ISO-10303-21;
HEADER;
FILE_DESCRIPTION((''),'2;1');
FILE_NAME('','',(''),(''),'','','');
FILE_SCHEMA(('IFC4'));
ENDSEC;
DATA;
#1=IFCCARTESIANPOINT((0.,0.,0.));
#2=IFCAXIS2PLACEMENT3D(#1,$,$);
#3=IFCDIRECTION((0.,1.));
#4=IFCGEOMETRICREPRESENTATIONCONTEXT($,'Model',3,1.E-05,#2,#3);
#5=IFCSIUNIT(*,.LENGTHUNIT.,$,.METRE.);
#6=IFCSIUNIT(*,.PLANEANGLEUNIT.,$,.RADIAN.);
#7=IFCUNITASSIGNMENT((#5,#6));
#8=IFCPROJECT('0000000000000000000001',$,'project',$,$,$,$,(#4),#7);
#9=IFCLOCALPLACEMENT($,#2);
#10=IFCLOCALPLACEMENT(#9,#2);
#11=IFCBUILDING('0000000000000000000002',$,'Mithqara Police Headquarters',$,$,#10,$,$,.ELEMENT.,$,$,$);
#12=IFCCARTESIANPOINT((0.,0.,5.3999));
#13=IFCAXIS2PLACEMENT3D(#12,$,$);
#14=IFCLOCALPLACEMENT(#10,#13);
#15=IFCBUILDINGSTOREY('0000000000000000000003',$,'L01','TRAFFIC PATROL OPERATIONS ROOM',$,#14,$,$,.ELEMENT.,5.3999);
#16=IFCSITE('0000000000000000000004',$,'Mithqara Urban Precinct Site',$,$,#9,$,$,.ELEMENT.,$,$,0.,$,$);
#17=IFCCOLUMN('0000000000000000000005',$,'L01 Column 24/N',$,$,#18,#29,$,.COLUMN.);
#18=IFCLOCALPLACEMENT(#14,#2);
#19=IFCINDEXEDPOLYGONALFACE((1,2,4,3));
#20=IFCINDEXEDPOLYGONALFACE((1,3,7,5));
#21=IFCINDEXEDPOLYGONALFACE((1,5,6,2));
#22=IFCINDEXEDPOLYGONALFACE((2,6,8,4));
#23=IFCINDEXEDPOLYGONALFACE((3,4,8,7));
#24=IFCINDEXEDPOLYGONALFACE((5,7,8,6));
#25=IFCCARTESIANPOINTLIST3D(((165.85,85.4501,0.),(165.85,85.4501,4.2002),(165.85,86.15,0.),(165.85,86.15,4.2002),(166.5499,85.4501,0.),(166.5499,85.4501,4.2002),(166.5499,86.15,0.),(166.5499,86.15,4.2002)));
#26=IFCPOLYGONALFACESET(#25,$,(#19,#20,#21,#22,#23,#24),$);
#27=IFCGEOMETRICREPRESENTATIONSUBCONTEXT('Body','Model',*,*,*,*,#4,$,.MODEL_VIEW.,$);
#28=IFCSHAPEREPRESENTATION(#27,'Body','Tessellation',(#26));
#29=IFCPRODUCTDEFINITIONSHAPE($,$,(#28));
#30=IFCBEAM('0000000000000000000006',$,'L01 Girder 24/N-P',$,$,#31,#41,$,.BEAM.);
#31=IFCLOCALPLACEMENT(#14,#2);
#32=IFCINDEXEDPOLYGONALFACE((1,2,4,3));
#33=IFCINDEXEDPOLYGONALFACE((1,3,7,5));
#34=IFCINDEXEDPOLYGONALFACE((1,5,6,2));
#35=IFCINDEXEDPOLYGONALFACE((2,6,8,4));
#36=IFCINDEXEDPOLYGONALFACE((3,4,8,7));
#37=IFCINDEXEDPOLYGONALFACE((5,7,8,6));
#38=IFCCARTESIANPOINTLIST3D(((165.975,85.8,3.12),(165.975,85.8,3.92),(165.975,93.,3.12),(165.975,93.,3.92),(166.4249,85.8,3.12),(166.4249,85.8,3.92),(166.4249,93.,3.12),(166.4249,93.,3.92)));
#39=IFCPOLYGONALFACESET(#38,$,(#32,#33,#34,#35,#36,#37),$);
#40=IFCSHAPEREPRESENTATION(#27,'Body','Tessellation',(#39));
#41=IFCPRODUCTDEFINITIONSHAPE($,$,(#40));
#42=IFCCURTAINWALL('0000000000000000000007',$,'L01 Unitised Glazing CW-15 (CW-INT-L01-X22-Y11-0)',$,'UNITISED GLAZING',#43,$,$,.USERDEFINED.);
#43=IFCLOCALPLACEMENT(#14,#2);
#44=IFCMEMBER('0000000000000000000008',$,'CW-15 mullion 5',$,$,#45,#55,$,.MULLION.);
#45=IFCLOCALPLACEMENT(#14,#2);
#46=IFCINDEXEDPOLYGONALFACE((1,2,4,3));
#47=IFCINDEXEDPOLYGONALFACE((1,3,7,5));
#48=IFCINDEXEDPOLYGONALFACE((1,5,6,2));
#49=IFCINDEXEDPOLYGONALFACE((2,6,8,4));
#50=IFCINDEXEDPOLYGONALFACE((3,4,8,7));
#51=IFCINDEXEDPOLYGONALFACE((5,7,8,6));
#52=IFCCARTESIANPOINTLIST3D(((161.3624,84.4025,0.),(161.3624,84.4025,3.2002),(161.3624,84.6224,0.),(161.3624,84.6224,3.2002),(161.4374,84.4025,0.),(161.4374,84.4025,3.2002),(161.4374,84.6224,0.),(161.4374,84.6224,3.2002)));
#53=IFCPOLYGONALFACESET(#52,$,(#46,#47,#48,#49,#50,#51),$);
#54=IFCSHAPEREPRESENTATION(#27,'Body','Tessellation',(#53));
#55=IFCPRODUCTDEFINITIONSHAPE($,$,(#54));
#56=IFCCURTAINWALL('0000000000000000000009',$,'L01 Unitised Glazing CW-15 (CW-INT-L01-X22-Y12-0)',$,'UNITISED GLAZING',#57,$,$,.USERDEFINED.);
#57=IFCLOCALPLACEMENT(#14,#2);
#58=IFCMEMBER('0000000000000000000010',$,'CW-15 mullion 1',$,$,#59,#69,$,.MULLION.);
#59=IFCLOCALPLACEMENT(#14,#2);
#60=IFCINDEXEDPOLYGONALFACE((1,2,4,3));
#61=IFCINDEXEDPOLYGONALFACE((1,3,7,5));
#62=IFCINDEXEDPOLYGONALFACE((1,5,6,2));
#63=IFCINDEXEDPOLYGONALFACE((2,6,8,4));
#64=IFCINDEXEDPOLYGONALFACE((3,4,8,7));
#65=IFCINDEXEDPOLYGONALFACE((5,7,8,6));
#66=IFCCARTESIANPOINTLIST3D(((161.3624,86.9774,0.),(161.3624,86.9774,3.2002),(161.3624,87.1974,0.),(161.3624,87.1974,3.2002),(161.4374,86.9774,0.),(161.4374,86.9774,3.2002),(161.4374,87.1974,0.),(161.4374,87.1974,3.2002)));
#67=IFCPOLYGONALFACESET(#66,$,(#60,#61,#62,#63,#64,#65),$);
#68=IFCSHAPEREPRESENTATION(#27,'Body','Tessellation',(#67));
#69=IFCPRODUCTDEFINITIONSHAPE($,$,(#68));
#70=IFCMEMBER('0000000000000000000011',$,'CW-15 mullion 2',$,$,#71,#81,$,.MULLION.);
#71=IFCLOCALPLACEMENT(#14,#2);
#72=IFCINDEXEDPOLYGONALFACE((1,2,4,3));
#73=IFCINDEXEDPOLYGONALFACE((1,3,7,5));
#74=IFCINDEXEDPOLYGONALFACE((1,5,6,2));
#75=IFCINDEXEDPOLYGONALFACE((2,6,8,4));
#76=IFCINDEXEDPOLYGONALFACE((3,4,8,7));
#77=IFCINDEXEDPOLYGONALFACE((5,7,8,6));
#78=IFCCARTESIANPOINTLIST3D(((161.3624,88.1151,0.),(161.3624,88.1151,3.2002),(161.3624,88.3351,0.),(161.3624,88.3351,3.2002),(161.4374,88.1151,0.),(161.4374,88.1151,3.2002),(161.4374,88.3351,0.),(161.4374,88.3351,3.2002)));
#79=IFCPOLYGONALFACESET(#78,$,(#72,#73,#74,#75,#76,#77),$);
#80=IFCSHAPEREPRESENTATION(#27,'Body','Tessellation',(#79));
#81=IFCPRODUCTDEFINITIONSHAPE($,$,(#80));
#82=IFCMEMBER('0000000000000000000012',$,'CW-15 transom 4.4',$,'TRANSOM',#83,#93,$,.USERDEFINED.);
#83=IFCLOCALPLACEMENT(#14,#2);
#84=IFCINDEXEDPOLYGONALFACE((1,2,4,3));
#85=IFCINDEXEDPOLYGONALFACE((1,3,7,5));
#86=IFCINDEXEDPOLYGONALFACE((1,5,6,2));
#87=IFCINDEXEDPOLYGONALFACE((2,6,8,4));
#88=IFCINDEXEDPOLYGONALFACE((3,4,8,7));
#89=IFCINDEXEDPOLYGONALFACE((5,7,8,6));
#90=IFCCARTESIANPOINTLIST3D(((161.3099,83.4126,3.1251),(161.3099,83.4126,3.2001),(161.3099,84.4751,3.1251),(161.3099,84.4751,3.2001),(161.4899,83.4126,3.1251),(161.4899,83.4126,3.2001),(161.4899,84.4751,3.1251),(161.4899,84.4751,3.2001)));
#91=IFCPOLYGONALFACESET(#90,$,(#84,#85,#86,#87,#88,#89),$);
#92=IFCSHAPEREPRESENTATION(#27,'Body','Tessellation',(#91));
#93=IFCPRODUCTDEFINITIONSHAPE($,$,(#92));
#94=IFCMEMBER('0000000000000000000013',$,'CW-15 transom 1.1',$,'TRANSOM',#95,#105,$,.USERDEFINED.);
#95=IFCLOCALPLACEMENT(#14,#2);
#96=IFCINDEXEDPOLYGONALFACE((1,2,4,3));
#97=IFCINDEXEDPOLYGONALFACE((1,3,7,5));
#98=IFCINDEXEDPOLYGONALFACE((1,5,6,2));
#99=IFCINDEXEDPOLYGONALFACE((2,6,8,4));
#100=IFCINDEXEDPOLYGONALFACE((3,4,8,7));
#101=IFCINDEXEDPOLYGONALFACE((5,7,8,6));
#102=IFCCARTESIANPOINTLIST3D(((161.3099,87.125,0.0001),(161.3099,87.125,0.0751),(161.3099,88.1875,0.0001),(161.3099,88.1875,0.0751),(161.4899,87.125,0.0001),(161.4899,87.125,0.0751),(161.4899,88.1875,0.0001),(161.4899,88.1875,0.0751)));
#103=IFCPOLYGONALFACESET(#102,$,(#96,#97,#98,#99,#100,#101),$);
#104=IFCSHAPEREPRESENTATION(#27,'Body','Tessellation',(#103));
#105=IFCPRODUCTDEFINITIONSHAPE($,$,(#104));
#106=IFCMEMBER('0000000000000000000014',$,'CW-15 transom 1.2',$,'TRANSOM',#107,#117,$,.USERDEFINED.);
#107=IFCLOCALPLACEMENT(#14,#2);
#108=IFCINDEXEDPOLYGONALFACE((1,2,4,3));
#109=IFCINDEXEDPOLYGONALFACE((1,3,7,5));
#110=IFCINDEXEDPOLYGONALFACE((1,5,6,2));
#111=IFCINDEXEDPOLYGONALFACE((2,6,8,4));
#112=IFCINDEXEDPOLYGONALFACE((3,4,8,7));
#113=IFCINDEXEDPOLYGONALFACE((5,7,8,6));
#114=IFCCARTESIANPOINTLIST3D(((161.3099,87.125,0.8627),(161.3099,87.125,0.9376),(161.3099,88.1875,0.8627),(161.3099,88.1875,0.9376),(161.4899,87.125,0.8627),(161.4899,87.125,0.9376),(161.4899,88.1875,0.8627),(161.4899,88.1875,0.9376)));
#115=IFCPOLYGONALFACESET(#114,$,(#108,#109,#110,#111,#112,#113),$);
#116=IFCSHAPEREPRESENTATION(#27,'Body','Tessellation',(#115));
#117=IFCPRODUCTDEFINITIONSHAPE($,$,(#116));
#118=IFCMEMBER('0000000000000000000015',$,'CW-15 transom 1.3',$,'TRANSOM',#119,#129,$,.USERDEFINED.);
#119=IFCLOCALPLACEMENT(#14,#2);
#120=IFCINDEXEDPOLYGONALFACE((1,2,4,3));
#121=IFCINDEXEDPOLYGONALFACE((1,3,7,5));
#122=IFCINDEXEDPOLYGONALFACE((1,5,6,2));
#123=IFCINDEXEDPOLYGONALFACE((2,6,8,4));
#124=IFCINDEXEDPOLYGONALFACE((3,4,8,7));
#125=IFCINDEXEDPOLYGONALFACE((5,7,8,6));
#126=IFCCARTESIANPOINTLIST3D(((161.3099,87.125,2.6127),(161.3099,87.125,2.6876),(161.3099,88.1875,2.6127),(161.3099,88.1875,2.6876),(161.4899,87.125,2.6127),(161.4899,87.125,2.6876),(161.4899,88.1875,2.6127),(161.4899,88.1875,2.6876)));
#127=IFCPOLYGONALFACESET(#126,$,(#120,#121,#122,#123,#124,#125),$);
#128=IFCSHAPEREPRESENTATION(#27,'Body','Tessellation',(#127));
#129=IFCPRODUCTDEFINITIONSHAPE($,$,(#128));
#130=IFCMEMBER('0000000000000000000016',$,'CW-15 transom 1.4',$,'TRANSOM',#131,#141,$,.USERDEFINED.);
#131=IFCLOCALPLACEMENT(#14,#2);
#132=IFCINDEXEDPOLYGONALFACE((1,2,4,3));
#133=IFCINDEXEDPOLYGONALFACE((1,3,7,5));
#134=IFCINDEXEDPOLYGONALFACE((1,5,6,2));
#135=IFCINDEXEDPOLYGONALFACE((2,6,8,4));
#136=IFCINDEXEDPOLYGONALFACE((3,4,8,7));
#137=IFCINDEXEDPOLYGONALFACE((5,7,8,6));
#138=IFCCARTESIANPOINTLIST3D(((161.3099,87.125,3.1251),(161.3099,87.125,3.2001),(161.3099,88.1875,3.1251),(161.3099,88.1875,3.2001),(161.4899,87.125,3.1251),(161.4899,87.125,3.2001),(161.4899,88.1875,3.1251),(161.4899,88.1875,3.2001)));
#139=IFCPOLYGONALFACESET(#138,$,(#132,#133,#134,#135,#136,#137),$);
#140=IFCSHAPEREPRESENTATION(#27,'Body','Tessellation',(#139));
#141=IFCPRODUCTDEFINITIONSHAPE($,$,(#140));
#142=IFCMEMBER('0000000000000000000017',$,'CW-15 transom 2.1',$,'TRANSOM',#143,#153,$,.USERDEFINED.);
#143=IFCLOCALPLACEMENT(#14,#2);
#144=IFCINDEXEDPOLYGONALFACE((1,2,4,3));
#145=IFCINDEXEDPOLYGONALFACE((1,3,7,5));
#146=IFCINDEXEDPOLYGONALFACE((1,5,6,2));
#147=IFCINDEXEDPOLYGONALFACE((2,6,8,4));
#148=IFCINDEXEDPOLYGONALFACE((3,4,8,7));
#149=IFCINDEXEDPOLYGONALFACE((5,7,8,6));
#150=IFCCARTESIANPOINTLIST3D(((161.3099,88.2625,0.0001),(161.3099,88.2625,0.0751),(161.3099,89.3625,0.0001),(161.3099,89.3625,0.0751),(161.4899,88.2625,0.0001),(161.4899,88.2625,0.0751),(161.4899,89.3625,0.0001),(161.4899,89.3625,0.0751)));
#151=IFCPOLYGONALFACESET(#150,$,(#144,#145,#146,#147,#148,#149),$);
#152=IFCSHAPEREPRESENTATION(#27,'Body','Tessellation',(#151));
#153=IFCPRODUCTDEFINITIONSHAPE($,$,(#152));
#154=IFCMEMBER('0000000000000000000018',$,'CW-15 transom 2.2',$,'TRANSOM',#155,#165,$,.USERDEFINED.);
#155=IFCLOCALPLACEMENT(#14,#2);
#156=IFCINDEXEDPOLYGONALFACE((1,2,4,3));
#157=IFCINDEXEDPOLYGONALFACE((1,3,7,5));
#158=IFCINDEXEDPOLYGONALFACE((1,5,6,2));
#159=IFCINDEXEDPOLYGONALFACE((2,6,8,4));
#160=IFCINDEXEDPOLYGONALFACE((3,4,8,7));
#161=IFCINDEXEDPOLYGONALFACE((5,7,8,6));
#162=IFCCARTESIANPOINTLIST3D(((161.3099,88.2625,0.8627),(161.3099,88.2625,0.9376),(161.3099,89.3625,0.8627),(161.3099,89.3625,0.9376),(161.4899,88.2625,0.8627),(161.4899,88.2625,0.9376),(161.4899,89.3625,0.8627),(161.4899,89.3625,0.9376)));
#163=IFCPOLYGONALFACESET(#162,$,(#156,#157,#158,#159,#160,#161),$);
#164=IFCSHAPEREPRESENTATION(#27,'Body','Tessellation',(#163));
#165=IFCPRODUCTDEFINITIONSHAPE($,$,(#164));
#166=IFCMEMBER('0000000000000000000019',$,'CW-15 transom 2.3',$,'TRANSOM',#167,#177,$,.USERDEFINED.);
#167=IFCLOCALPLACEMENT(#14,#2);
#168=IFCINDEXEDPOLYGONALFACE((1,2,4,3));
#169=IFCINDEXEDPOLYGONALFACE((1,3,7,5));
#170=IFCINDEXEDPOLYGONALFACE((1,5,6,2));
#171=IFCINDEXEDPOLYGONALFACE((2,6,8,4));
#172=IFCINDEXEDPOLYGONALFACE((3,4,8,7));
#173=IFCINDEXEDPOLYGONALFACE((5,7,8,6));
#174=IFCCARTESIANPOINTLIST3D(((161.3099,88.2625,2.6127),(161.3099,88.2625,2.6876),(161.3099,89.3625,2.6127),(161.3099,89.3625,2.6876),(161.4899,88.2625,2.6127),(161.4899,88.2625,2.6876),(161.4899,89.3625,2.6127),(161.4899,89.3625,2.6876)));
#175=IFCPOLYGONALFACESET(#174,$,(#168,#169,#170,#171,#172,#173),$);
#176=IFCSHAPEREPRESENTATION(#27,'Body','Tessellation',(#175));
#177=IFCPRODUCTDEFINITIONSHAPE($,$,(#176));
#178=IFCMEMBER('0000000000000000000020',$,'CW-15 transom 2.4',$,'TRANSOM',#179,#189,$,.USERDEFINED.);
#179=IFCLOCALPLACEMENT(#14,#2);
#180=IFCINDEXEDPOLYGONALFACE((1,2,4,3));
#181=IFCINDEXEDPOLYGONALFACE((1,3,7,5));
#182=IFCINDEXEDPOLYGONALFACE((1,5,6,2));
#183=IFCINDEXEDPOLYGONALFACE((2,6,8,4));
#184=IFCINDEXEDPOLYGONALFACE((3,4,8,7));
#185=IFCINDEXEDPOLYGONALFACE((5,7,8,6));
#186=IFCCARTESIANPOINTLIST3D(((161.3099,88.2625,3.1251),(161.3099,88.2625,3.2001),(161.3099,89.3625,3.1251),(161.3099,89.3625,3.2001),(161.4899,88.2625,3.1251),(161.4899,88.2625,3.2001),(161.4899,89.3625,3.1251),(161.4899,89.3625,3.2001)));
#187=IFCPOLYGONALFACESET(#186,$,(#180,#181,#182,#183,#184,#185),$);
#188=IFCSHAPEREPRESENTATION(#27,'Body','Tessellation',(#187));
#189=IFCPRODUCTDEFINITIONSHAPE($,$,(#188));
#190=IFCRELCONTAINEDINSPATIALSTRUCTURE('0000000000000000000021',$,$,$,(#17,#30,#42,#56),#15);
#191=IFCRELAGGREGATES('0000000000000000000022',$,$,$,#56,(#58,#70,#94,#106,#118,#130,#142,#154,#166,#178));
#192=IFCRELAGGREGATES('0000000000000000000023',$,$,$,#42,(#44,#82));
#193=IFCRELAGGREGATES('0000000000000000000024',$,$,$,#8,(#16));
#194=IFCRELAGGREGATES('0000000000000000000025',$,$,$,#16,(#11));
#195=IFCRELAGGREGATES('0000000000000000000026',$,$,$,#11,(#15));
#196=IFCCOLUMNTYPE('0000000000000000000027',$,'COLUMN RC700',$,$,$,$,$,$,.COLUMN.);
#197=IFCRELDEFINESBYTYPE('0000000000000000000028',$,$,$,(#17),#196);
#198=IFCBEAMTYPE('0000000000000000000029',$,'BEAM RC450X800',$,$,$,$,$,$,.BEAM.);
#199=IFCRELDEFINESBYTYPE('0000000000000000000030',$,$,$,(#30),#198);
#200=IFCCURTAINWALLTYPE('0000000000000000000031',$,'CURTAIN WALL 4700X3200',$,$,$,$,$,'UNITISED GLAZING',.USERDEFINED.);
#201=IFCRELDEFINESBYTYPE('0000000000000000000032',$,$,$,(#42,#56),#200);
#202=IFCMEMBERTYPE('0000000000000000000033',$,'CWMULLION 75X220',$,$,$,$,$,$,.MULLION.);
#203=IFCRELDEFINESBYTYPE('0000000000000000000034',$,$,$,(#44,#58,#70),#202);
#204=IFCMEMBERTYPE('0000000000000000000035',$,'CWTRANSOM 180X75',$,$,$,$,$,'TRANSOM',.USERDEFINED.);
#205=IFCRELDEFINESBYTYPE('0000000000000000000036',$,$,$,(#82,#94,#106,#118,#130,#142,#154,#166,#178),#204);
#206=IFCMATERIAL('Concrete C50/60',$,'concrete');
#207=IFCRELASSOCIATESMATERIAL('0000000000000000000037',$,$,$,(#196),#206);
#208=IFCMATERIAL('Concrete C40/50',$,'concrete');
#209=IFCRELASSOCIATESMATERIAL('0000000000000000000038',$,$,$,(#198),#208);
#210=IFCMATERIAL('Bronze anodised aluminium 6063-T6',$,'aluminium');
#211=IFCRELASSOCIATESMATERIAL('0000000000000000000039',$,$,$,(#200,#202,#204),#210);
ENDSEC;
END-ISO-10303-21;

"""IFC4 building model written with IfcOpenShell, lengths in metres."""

from ifc_helpers import new_model, si_unit, direction, frame, origin, origin_2d, place, context, subcontext, project, spatial, rectangle, extrude, material, material_profile, profile_set, type_object, element, aggregate, save


model = new_model("IFC4")

# Units and contexts
model_context = context("Model", 3, precision=1e-05, world=origin(), true_north=direction((0.0, 1.0)))
body_context = subcontext(model_context, "Body", "Model", "MODEL_VIEW")
ifc_project = project(units=[si_unit("LENGTHUNIT", "METRE"), si_unit("PLANEANGLEUNIT", "RADIAN")], contexts=[model_context])

# Site, building, storey
site_placement = place(None, origin())
site = spatial("IfcSite", under=ifc_project, at=site_placement, Name="Mithqara Urban Precinct Site", CompositionType="ELEMENT", RefElevation=0.0)
building_placement = place(site_placement, origin())
building = spatial("IfcBuilding", under=site, at=building_placement, Name="Mithqara Police Headquarters", CompositionType="ELEMENT")
storey_placement = place(building_placement, frame((0.0, 0.0, 5.3999)))
storey = spatial("IfcBuildingStorey", under=building, at=storey_placement, Name="L01", Description="TRAFFIC PATROL OPERATIONS ROOM", CompositionType="ELEMENT", Elevation=5.3999)

# Column
ifc_material_1 = material(Name="Concrete C50/60", Category="concrete")
ifc_material_profile_1 = material_profile(ifc_material_1, rectangle(XDim=0.7, YDim=0.7, at=origin_2d()), Name="RC 700x700")
ifc_profile_set_1 = profile_set([ifc_material_profile_1], Name="Concrete C50/60")
column_type = type_object("IfcColumnType", Name="COLUMN RC700", PredefinedType="COLUMN", material=ifc_profile_set_1)
column_placement = place(storey_placement, frame((166.2, 85.8, 0.0), z_axis=(0.0, 0.0, 1.0), x_axis=(1.0, 0.0, 0.0)))
element("IfcColumn", 1, at=column_placement, inside=storey, type_object=column_type, Name="L01 Column 24/N", PredefinedType="COLUMN", context=body_context, shape_type="SweptSolid", body=[
    extrude(rectangle(XDim=0.7, YDim=0.7, at=origin_2d()), origin(), (0.0, 0.0, 1.0), 4.2002),
])

# Beam
ifc_material_2 = material(Name="Concrete C40/50", Category="concrete")
ifc_material_profile_2 = material_profile(ifc_material_2, rectangle(XDim=0.45, YDim=0.8, at=origin_2d()), Name="RC 450x800")
ifc_profile_set_2 = profile_set([ifc_material_profile_2], Name="Concrete C40/50")
beam_type = type_object("IfcBeamType", Name="BEAM RC450X800", PredefinedType="BEAM", material=ifc_profile_set_2)
beam_placement = place(storey_placement, frame((166.2, 85.8, 3.52), z_axis=(0.0, 1.0, 0.0), x_axis=(-1.0, 0.0, 0.0)))
element("IfcBeam", 2, at=beam_placement, inside=storey, type_object=beam_type, Name="L01 Girder 24/N-P", PredefinedType="BEAM", context=body_context, shape_type="SweptSolid", body=[
    extrude(rectangle(XDim=0.45, YDim=0.8, at=origin_2d()), origin(), (0.0, 0.0, 1.0), 7.2),
])

# Curtain wall, member
ifc_material_3 = material(Name="Bronze anodised aluminium 6063-T6", Category="aluminium")
curtain_wall_type = type_object("IfcCurtainWallType", Name="CURTAIN WALL 4700X3200", ElementType="UNITISED GLAZING", PredefinedType="USERDEFINED", material=ifc_material_3)
curtain_wall_1_placement = place(storey_placement, origin())
curtain_wall_1 = element("IfcCurtainWall", 3, at=curtain_wall_1_placement, inside=storey, type_object=curtain_wall_type, Name="L01 Unitised Glazing CW-15 (CW-INT-L01-X22-Y11-0)", ObjectType="UNITISED GLAZING", PredefinedType="USERDEFINED")
ifc_material_profile_3 = material_profile(ifc_material_3, rectangle(XDim=0.075, YDim=0.22, at=origin_2d()), Name="CWM 75x220")
ifc_profile_set_3 = profile_set([ifc_material_profile_3], Name="Bronze anodised aluminium 6063-T6")
member_type_1 = type_object("IfcMemberType", Name="CWMULLION 75X220", PredefinedType="MULLION", material=ifc_profile_set_3)
member_1_placement = place(storey_placement, frame((161.3999, 84.5125, 0.0), z_axis=(0.0, 0.0, 1.0), x_axis=(-1.0, 0.0, 0.0)))
member_1 = element("IfcMember", 4, at=member_1_placement, type_object=member_type_1, Name="CW-15 mullion 5", PredefinedType="MULLION", context=body_context, shape_type="SweptSolid", body=[
    extrude(rectangle(XDim=0.075, YDim=0.22, at=origin_2d()), origin(), (0.0, 0.0, 1.0), 3.2002),
])

# Curtain wall, members
curtain_wall_2_placement = place(storey_placement, origin())
curtain_wall_2 = element("IfcCurtainWall", 5, at=curtain_wall_2_placement, inside=storey, type_object=curtain_wall_type, Name="L01 Unitised Glazing CW-15 (CW-INT-L01-X22-Y12-0)", ObjectType="UNITISED GLAZING", PredefinedType="USERDEFINED")
member_2_placement = place(storey_placement, frame((161.3999, 87.0874, 0.0), z_axis=(0.0, 0.0, 1.0), x_axis=(-1.0, 0.0, 0.0)))
member_2 = element("IfcMember", 6, at=member_2_placement, type_object=member_type_1, Name="CW-15 mullion 1", PredefinedType="MULLION", context=body_context, shape_type="SweptSolid", body=[
    extrude(rectangle(XDim=0.075, YDim=0.22, at=origin_2d()), origin(), (0.0, 0.0, 1.0), 3.2002),
])
member_3_placement = place(storey_placement, frame((161.3999, 88.2251, 0.0), z_axis=(0.0, 0.0, 1.0), x_axis=(-1.0, 0.0, 0.0)))
member_3 = element("IfcMember", 7, at=member_3_placement, type_object=member_type_1, Name="CW-15 mullion 2", PredefinedType="MULLION", context=body_context, shape_type="SweptSolid", body=[
    extrude(rectangle(XDim=0.075, YDim=0.22, at=origin_2d()), origin(), (0.0, 0.0, 1.0), 3.2002),
])

# Members
ifc_material_profile_4 = material_profile(ifc_material_3, rectangle(XDim=0.1799, YDim=0.075, at=origin_2d()), Name="CWT 180x75")
ifc_profile_set_4 = profile_set([ifc_material_profile_4], Name="Bronze anodised aluminium 6063-T6")
member_type_2 = type_object("IfcMemberType", Name="CWTRANSOM 180X75", ElementType="TRANSOM", PredefinedType="USERDEFINED", material=ifc_profile_set_4)
member_4_placement = place(storey_placement, frame((161.3999, 83.4126, 3.1626), z_axis=(0.0, 1.0, 0.0), x_axis=(-1.0, 0.0, 0.0)))
member_4 = element("IfcMember", 8, at=member_4_placement, type_object=member_type_2, Name="CW-15 transom 4.4", ObjectType="TRANSOM", PredefinedType="USERDEFINED", context=body_context, shape_type="SweptSolid", body=[
    extrude(rectangle(XDim=0.1799, YDim=0.075, at=origin_2d()), origin(), (0.0, 0.0, 1.0), 1.0625),
])
member_5_placement = place(storey_placement, frame((161.3999, 87.125, 0.0376), z_axis=(0.0, 1.0, 0.0), x_axis=(-1.0, 0.0, 0.0)))
member_5 = element("IfcMember", 9, at=member_5_placement, type_object=member_type_2, Name="CW-15 transom 1.1", ObjectType="TRANSOM", PredefinedType="USERDEFINED", context=body_context, shape_type="SweptSolid", body=[
    extrude(rectangle(XDim=0.1799, YDim=0.075, at=origin_2d()), origin(), (0.0, 0.0, 1.0), 1.0625),
])
member_6_placement = place(storey_placement, frame((161.3999, 87.125, 0.9001), z_axis=(0.0, 1.0, 0.0), x_axis=(-1.0, 0.0, 0.0)))
member_6 = element("IfcMember", 10, at=member_6_placement, type_object=member_type_2, Name="CW-15 transom 1.2", ObjectType="TRANSOM", PredefinedType="USERDEFINED", context=body_context, shape_type="SweptSolid", body=[
    extrude(rectangle(XDim=0.1799, YDim=0.075, at=origin_2d()), origin(), (0.0, 0.0, 1.0), 1.0625),
])
member_7_placement = place(storey_placement, frame((161.3999, 87.125, 2.6501), z_axis=(0.0, 1.0, 0.0), x_axis=(-1.0, 0.0, 0.0)))
member_7 = element("IfcMember", 11, at=member_7_placement, type_object=member_type_2, Name="CW-15 transom 1.3", ObjectType="TRANSOM", PredefinedType="USERDEFINED", context=body_context, shape_type="SweptSolid", body=[
    extrude(rectangle(XDim=0.1799, YDim=0.075, at=origin_2d()), origin(), (0.0, 0.0, 1.0), 1.0625),
])
member_8_placement = place(storey_placement, frame((161.3999, 87.125, 3.1626), z_axis=(0.0, 1.0, 0.0), x_axis=(-1.0, 0.0, 0.0)))
member_8 = element("IfcMember", 12, at=member_8_placement, type_object=member_type_2, Name="CW-15 transom 1.4", ObjectType="TRANSOM", PredefinedType="USERDEFINED", context=body_context, shape_type="SweptSolid", body=[
    extrude(rectangle(XDim=0.1799, YDim=0.075, at=origin_2d()), origin(), (0.0, 0.0, 1.0), 1.0625),
])
member_9_placement = place(storey_placement, frame((161.3999, 88.2625, 0.0376), z_axis=(0.0, 1.0, 0.0), x_axis=(-1.0, 0.0, 0.0)))
member_9 = element("IfcMember", 13, at=member_9_placement, type_object=member_type_2, Name="CW-15 transom 2.1", ObjectType="TRANSOM", PredefinedType="USERDEFINED", context=body_context, shape_type="SweptSolid", body=[
    extrude(rectangle(XDim=0.1799, YDim=0.075, at=origin_2d()), origin(), (0.0, 0.0, 1.0), 1.1001),
])
member_10_placement = place(storey_placement, frame((161.3999, 88.2625, 0.9001), z_axis=(0.0, 1.0, 0.0), x_axis=(-1.0, 0.0, 0.0)))
member_10 = element("IfcMember", 14, at=member_10_placement, type_object=member_type_2, Name="CW-15 transom 2.2", ObjectType="TRANSOM", PredefinedType="USERDEFINED", context=body_context, shape_type="SweptSolid", body=[
    extrude(rectangle(XDim=0.1799, YDim=0.075, at=origin_2d()), origin(), (0.0, 0.0, 1.0), 1.1001),
])
member_11_placement = place(storey_placement, frame((161.3999, 88.2625, 2.6501), z_axis=(0.0, 1.0, 0.0), x_axis=(-1.0, 0.0, 0.0)))
member_11 = element("IfcMember", 15, at=member_11_placement, type_object=member_type_2, Name="CW-15 transom 2.3", ObjectType="TRANSOM", PredefinedType="USERDEFINED", context=body_context, shape_type="SweptSolid", body=[
    extrude(rectangle(XDim=0.1799, YDim=0.075, at=origin_2d()), origin(), (0.0, 0.0, 1.0), 1.1001),
])
member_12_placement = place(storey_placement, frame((161.3999, 88.2625, 3.1626), z_axis=(0.0, 1.0, 0.0), x_axis=(-1.0, 0.0, 0.0)))
member_12 = element("IfcMember", 16, at=member_12_placement, type_object=member_type_2, Name="CW-15 transom 2.4", ObjectType="TRANSOM", PredefinedType="USERDEFINED", context=body_context, shape_type="SweptSolid", body=[
    extrude(rectangle(XDim=0.1799, YDim=0.075, at=origin_2d()), origin(), (0.0, 0.0, 1.0), 1.1001),
])

aggregate(curtain_wall_2, [member_2, member_3, member_5, member_6, member_7, member_8, member_9, member_10, member_11, member_12])
aggregate(curtain_wall_1, [member_1, member_4])

save(model, "model.ifc")
